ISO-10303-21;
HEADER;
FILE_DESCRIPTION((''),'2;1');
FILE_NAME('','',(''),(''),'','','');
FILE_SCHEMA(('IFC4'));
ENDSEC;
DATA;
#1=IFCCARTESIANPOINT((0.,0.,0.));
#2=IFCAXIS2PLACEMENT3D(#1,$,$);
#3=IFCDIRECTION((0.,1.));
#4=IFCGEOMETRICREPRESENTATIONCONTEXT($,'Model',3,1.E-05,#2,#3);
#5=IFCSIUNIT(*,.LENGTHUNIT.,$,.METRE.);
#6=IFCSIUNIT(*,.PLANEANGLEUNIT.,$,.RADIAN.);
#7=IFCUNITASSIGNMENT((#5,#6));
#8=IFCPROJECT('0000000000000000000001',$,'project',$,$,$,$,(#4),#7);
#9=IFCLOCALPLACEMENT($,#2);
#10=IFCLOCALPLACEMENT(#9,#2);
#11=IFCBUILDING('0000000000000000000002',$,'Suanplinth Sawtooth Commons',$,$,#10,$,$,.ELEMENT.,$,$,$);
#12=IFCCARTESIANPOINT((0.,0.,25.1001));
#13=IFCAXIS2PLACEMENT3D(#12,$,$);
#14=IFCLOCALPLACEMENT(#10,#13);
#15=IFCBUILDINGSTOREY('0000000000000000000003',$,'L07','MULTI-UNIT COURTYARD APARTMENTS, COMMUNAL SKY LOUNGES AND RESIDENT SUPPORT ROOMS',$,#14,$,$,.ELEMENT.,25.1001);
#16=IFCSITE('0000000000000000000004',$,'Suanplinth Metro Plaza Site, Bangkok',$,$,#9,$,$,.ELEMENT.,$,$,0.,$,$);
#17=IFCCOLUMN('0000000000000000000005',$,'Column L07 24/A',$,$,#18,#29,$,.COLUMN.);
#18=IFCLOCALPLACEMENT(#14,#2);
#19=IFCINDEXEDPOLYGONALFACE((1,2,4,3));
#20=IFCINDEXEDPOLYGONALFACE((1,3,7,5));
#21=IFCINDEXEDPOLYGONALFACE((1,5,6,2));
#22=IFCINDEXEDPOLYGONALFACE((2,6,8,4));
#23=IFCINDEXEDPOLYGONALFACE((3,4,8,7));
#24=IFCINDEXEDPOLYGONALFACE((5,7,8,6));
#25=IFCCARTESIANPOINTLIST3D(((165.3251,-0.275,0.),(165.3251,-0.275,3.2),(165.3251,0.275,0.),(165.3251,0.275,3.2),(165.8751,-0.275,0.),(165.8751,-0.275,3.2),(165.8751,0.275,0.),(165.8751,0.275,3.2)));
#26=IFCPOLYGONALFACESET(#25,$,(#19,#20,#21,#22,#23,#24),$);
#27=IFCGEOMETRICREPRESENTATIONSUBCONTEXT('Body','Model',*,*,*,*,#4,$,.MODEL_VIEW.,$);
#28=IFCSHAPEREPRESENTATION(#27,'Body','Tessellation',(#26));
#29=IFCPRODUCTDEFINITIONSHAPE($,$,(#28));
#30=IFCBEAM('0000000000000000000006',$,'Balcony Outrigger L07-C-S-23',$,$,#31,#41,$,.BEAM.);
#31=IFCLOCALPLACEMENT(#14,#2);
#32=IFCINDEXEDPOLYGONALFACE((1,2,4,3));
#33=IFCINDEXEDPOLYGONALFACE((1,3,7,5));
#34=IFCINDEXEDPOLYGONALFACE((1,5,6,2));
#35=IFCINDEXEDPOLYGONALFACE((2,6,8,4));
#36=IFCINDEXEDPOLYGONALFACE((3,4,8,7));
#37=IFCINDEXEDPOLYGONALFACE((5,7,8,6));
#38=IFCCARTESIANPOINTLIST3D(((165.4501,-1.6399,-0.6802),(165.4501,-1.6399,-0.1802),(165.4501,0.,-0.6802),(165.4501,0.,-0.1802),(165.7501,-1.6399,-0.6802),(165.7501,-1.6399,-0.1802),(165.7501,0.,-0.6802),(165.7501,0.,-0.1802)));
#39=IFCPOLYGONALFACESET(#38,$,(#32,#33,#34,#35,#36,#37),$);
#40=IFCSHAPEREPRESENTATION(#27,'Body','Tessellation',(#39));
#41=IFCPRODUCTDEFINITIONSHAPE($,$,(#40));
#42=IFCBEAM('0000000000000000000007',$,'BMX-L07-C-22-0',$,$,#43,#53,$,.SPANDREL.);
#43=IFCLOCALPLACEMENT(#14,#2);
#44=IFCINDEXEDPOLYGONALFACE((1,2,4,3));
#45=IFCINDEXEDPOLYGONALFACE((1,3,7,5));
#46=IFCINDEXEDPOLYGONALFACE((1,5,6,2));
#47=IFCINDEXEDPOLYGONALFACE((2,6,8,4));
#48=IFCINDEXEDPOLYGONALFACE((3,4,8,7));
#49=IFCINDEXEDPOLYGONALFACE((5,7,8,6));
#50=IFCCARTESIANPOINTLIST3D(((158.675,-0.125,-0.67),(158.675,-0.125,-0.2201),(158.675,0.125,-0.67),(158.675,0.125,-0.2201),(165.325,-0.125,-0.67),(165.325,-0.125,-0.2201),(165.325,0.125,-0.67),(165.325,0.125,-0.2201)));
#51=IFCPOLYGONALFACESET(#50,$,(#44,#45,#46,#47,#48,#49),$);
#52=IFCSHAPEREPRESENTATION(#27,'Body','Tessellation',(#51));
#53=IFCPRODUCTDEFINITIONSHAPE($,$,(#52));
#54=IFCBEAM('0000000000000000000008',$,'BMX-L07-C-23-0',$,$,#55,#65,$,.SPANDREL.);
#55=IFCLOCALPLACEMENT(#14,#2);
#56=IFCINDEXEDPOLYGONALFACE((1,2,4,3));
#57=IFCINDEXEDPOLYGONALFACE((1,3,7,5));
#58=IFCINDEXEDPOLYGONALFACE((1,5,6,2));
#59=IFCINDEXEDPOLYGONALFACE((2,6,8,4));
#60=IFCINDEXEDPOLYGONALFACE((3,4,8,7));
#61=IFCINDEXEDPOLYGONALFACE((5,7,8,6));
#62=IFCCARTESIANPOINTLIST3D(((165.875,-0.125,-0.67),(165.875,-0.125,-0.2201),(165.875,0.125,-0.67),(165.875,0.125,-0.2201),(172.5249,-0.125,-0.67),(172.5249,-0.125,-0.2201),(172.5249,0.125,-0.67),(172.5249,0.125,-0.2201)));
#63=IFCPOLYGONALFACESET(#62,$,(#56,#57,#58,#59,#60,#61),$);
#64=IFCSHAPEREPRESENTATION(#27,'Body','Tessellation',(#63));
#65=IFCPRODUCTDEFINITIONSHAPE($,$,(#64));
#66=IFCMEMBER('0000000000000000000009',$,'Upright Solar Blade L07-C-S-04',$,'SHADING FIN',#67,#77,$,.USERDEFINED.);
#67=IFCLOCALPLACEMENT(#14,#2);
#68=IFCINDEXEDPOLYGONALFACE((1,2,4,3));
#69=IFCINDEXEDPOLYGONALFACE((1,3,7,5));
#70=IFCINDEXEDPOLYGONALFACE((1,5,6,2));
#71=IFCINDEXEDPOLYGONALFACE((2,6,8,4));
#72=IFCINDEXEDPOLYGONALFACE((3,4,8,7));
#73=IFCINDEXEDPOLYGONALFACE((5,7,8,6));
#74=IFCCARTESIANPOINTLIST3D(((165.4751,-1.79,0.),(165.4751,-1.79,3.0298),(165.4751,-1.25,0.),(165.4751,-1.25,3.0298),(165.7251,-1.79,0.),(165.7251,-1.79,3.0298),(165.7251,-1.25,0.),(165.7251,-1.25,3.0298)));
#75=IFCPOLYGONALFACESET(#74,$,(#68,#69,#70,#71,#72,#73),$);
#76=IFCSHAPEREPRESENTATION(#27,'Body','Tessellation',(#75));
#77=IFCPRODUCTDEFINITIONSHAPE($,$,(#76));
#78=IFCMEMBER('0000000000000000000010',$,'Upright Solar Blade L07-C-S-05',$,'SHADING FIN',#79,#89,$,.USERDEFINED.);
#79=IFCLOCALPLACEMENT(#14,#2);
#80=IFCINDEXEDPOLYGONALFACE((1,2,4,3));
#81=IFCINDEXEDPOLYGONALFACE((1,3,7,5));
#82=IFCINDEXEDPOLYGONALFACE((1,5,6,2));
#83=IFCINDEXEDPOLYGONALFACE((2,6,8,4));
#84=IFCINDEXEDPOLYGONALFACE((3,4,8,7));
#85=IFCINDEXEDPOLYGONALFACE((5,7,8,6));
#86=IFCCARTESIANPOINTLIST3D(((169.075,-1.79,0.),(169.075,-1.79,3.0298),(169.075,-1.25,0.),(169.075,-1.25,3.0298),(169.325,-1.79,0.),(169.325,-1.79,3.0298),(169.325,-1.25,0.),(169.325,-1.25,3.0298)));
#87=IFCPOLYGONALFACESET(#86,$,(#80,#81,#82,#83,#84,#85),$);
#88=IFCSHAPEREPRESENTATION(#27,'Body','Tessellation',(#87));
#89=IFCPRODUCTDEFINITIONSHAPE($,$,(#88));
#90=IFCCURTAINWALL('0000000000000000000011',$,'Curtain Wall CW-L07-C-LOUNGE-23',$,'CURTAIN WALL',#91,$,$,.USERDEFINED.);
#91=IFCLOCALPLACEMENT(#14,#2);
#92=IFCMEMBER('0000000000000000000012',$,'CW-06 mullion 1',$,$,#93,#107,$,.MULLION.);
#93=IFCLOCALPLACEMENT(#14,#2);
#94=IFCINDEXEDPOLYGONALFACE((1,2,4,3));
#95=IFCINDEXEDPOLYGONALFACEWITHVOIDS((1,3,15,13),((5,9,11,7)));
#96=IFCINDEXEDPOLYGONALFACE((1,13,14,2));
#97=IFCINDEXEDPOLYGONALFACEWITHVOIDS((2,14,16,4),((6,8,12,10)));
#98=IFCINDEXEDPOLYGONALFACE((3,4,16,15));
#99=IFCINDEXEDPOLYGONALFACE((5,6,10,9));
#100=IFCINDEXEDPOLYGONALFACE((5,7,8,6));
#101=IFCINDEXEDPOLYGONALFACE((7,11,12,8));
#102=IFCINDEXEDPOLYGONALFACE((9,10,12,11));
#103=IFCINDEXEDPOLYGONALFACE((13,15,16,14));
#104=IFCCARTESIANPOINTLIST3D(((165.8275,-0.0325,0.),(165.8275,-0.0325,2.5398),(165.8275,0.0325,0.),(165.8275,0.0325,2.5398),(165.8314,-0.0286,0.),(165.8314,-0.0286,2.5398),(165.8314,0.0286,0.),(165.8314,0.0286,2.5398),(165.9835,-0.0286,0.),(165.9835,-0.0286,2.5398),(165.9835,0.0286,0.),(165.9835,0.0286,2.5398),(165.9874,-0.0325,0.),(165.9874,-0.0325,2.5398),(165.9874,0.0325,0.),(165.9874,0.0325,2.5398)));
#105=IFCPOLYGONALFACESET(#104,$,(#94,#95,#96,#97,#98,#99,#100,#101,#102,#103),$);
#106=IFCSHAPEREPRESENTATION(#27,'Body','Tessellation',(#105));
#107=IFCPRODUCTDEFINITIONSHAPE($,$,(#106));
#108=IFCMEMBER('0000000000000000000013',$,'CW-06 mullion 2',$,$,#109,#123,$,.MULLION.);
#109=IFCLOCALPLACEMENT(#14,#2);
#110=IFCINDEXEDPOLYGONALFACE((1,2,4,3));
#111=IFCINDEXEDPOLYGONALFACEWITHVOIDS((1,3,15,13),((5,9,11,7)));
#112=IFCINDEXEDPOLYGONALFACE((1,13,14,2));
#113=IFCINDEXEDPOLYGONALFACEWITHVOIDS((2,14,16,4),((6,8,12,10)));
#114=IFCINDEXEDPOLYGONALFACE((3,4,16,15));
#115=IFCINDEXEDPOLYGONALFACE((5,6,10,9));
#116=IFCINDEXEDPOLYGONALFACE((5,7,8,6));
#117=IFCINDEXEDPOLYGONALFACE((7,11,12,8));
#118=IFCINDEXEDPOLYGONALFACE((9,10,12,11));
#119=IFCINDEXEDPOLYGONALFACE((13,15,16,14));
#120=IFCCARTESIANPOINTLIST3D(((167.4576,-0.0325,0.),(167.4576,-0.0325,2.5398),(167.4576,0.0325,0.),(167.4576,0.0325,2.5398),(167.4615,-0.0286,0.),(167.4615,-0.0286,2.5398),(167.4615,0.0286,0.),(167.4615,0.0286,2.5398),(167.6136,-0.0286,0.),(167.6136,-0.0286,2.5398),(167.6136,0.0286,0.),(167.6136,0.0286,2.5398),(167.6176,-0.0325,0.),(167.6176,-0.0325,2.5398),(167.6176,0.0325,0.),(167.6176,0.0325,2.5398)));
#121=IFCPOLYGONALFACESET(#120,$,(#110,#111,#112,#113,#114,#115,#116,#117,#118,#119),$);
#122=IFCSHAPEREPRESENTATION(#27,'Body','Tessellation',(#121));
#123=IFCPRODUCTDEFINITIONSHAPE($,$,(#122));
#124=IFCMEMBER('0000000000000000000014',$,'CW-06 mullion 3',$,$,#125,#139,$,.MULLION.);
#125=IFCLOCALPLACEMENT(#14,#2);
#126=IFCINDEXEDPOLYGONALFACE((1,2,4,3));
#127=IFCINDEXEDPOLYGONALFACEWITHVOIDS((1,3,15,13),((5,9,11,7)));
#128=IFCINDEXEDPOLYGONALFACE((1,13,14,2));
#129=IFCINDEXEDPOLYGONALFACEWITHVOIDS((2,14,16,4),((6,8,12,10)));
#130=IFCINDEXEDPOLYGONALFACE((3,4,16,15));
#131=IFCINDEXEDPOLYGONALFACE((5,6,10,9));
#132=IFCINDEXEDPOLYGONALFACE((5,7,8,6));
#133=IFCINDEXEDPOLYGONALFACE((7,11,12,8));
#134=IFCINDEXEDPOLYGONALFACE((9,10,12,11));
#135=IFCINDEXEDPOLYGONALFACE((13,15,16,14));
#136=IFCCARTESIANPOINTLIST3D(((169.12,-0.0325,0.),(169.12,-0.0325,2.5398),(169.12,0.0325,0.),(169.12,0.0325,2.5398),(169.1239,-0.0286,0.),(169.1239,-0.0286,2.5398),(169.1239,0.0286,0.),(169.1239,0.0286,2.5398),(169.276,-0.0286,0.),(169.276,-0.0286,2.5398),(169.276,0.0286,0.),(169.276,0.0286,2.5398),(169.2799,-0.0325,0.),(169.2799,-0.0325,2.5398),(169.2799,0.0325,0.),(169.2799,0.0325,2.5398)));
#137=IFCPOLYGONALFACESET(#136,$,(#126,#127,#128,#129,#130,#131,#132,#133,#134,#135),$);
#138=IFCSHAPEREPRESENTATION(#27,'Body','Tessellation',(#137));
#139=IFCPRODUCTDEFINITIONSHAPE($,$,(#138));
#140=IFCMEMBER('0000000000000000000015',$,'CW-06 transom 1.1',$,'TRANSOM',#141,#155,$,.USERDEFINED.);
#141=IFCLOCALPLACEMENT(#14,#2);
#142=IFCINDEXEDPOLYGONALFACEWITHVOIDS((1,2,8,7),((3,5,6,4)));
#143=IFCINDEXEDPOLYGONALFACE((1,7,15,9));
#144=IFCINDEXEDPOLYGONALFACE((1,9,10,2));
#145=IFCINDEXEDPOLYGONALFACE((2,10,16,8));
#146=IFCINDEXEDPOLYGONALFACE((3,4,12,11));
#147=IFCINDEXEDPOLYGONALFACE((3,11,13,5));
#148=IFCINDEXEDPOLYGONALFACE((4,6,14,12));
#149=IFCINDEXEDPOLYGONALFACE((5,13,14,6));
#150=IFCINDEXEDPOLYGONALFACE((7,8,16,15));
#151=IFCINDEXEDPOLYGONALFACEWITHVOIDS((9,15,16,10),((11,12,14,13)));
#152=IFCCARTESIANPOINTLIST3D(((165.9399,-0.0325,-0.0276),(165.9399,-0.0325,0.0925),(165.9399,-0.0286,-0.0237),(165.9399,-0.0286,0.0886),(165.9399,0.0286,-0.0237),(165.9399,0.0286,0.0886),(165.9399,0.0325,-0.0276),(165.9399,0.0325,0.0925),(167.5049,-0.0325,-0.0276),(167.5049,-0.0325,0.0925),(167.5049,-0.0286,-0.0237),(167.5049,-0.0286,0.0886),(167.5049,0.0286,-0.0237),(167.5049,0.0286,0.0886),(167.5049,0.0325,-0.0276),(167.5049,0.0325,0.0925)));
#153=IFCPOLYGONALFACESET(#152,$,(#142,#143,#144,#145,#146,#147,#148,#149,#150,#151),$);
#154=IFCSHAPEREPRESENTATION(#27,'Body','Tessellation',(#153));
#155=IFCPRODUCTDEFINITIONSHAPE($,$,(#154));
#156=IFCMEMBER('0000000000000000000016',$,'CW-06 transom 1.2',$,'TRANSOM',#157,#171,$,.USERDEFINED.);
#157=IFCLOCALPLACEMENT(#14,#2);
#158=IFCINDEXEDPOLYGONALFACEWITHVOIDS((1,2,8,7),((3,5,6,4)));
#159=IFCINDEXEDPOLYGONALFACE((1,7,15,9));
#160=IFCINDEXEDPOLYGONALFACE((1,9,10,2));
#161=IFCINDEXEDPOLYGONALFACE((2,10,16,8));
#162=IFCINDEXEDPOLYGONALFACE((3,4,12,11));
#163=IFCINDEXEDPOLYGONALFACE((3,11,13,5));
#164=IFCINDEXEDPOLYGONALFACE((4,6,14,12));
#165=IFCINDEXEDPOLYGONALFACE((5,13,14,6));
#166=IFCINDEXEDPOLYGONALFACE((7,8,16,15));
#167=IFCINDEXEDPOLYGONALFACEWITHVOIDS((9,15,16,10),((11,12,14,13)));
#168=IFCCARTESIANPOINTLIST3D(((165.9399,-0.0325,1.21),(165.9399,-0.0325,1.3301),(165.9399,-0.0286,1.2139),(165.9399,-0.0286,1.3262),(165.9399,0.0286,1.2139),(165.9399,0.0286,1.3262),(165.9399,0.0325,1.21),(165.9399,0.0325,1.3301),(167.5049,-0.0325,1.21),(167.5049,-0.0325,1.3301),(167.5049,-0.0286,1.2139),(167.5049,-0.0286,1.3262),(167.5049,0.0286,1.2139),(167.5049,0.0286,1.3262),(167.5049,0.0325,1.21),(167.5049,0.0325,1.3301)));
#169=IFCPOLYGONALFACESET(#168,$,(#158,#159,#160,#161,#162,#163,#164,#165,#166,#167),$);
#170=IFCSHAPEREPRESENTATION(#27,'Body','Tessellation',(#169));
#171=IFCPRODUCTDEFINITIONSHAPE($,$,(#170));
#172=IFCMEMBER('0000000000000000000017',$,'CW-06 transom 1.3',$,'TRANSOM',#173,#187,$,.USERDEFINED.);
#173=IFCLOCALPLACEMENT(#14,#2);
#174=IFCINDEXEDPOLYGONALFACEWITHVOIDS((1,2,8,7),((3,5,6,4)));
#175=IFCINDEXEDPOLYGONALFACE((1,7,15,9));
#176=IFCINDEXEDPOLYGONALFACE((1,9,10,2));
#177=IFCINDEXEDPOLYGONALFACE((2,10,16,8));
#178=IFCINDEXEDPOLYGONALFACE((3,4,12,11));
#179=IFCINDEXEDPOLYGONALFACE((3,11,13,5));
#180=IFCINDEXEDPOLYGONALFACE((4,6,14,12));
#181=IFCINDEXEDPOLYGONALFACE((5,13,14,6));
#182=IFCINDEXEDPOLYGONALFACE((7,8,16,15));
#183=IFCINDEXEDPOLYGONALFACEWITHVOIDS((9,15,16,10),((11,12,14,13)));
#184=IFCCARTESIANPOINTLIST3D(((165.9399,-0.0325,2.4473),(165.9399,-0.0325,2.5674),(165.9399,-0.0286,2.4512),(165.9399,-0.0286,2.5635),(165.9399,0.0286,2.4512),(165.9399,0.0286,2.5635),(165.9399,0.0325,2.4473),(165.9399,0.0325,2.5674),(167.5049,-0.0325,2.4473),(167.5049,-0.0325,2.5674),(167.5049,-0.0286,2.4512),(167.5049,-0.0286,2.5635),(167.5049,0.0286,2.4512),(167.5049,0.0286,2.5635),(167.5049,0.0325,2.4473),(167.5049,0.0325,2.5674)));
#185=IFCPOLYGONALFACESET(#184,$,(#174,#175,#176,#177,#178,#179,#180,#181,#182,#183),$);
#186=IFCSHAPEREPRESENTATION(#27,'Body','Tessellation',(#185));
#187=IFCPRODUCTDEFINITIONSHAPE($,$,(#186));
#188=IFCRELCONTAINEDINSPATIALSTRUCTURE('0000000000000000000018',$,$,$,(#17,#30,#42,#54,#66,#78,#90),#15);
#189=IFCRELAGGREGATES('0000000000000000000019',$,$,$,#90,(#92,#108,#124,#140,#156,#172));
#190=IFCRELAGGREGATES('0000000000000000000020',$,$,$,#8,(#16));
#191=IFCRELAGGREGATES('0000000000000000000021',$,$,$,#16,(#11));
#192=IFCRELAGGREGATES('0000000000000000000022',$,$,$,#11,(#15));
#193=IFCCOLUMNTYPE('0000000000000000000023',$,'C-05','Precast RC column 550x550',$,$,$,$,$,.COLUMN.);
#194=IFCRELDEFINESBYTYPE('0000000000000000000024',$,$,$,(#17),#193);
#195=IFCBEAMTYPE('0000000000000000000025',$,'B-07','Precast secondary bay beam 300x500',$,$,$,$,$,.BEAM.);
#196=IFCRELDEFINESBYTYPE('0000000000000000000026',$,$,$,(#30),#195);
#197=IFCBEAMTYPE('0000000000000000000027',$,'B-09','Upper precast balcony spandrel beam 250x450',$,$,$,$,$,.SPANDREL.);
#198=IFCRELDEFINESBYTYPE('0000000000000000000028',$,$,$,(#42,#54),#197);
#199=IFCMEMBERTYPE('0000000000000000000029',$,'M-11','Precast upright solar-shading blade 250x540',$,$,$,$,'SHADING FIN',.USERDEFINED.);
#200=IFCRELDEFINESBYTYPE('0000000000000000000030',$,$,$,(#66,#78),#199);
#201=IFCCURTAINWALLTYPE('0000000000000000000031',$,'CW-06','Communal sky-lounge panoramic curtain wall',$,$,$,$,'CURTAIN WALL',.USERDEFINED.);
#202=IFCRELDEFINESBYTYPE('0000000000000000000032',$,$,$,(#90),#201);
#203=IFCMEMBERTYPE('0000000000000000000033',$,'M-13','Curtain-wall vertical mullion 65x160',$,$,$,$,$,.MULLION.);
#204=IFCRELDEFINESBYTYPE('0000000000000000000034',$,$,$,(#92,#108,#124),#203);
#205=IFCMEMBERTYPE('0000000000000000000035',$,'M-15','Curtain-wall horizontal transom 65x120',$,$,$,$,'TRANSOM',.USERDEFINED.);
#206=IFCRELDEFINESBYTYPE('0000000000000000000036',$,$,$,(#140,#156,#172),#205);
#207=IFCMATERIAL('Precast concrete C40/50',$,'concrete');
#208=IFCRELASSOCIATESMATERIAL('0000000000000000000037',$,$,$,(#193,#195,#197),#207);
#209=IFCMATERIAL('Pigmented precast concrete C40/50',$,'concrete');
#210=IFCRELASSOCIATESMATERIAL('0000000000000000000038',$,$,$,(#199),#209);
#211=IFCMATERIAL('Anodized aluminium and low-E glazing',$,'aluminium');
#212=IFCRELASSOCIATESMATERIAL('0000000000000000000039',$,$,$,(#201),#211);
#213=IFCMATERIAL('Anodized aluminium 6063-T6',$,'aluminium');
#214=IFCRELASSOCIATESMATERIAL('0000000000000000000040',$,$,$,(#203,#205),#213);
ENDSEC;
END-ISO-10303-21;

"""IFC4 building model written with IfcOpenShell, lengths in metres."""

from ifc_helpers import new_model, si_unit, direction, frame, origin, origin_2d, place, context, subcontext, project, spatial, rectangle, hollow_rectangle, extrude, material, material_profile, profile_set, type_object, element, aggregate, save


model = new_model("IFC4")

# Units and contexts
model_context = context("Model", 3, precision=1e-05, world=origin(), true_north=direction((0.0, 1.0)))
body_context = subcontext(model_context, "Body", "Model", "MODEL_VIEW")
ifc_project = project(units=[si_unit("LENGTHUNIT", "METRE"), si_unit("PLANEANGLEUNIT", "RADIAN")], contexts=[model_context])

# Site, building, storey
site_placement = place(None, origin())
site = spatial("IfcSite", under=ifc_project, at=site_placement, Name="Suanplinth Metro Plaza Site, Bangkok", CompositionType="ELEMENT", RefElevation=0.0)
building_placement = place(site_placement, origin())
building = spatial("IfcBuilding", under=site, at=building_placement, Name="Suanplinth Sawtooth Commons", CompositionType="ELEMENT")
storey_placement = place(building_placement, frame((0.0, 0.0, 25.1001)))
storey = spatial("IfcBuildingStorey", under=building, at=storey_placement, Name="L07", Description="MULTI-UNIT COURTYARD APARTMENTS, COMMUNAL SKY LOUNGES AND RESIDENT SUPPORT ROOMS", CompositionType="ELEMENT", Elevation=25.1001)

# Column
ifc_material_1 = material(Name="Precast concrete C40/50", Category="concrete")
ifc_material_profile_1 = material_profile(ifc_material_1, rectangle(XDim=0.55, YDim=0.55, at=origin_2d()), Name="PC-COL 550x550")
ifc_profile_set_1 = profile_set([ifc_material_profile_1], Name="Precast concrete C40/50")
column_type = type_object("IfcColumnType", Name="C-05", Description="Precast RC column 550x550", PredefinedType="COLUMN", material=ifc_profile_set_1)
column_placement = place(storey_placement, frame((165.6001, 0.0, 0.0), z_axis=(0.0, 0.0, 1.0), x_axis=(1.0, 0.0, 0.0)))
element("IfcColumn", 1, at=column_placement, inside=storey, type_object=column_type, Name="Column L07 24/A", PredefinedType="COLUMN", context=body_context, shape_type="SweptSolid", body=[
    extrude(rectangle(XDim=0.55, YDim=0.55, at=origin_2d()), origin(), (0.0, 0.0, 1.0), 3.2),
])

# Beams
ifc_material_profile_2 = material_profile(ifc_material_1, rectangle(XDim=0.3, YDim=0.5, at=origin_2d()), Name="PC-BM 300x500")
ifc_profile_set_2 = profile_set([ifc_material_profile_2], Name="Precast concrete C40/50")
beam_type_1 = type_object("IfcBeamType", Name="B-07", Description="Precast secondary bay beam 300x500", PredefinedType="BEAM", material=ifc_profile_set_2)
beam_placement = place(storey_placement, frame((165.6001, 0.0, -0.4302), z_axis=(0.0, -1.0, 0.0), x_axis=(1.0, 0.0, 0.0)))
element("IfcBeam", 2, at=beam_placement, inside=storey, type_object=beam_type_1, Name="Balcony Outrigger L07-C-S-23", PredefinedType="BEAM", context=body_context, shape_type="SweptSolid", body=[
    extrude(rectangle(XDim=0.3, YDim=0.5, at=origin_2d()), origin(), (0.0, 0.0, 1.0), 1.6399),
])
ifc_material_profile_3 = material_profile(ifc_material_1, rectangle(XDim=0.25, YDim=0.45, at=origin_2d()), Name="PC-SP 250x450")
ifc_profile_set_3 = profile_set([ifc_material_profile_3], Name="Precast concrete C40/50")
beam_type_2 = type_object("IfcBeamType", Name="B-09", Description="Upper precast balcony spandrel beam 250x450", PredefinedType="SPANDREL", material=ifc_profile_set_3)
for number, where, z_axis, x_axis, name in (
    (3, (158.675, 0.0, -0.4451), (1.0, 0.0, 0.0), (0.0, 1.0, 0.0), "BMX-L07-C-22-0"),
    (4, (165.875, 0.0, -0.4451), (1.0, 0.0, 0.0), (0.0, 1.0, 0.0), "BMX-L07-C-23-0"),
):
    element("IfcBeam", number, at=place(storey_placement, frame(where, z_axis=z_axis, x_axis=x_axis)), inside=storey, type_object=beam_type_2, Name=name, PredefinedType="SPANDREL", context=body_context, shape_type="SweptSolid", body=[
        extrude(rectangle(XDim=0.25, YDim=0.45, at=origin_2d()), origin(), (0.0, 0.0, 1.0), 6.6499),
    ])

# Members
ifc_material_2 = material(Name="Pigmented precast concrete C40/50", Category="concrete")
ifc_material_profile_4 = material_profile(ifc_material_2, rectangle(XDim=0.25, YDim=0.54, at=origin_2d()), Name="PC-FIN 250x540")
ifc_profile_set_4 = profile_set([ifc_material_profile_4], Name="Pigmented precast concrete C40/50")
member_type_1 = type_object("IfcMemberType", Name="M-11", Description="Precast upright solar-shading blade 250x540", ElementType="SHADING FIN", PredefinedType="USERDEFINED", material=ifc_profile_set_4)
for number, where, z_axis, x_axis, name in (
    (5, (165.6001, -1.52, 0.0), (0.0, 0.0, 1.0), (1.0, 0.0, 0.0), "Upright Solar Blade L07-C-S-04"),
    (6, (169.2, -1.52, 0.0), (0.0, 0.0, 1.0), (1.0, 0.0, 0.0), "Upright Solar Blade L07-C-S-05"),
):
    element("IfcMember", number, at=place(storey_placement, frame(where, z_axis=z_axis, x_axis=x_axis)), inside=storey, type_object=member_type_1, Name=name, ObjectType="SHADING FIN", PredefinedType="USERDEFINED", context=body_context, shape_type="SweptSolid", body=[
        extrude(rectangle(XDim=0.25, YDim=0.54, at=origin_2d()), origin(), (0.0, 0.0, 1.0), 3.0298),
    ])

# Curtain wall, members
ifc_material_3 = material(Name="Anodized aluminium and low-E glazing", Category="aluminium")
curtain_wall_type = type_object("IfcCurtainWallType", Name="CW-06", Description="Communal sky-lounge panoramic curtain wall", ElementType="CURTAIN WALL", PredefinedType="USERDEFINED", material=ifc_material_3)
curtain_wall_placement = place(storey_placement, origin())
curtain_wall = element("IfcCurtainWall", 7, at=curtain_wall_placement, inside=storey, type_object=curtain_wall_type, Name="Curtain Wall CW-L07-C-LOUNGE-23", ObjectType="CURTAIN WALL", PredefinedType="USERDEFINED")
ifc_material_4 = material(Name="Anodized aluminium 6063-T6", Category="aluminium")
ifc_material_profile_5 = material_profile(ifc_material_4, hollow_rectangle(XDim=0.0649, YDim=0.1599, WallThickness=0.0039, at=origin_2d()), Name="ALU-MUL 65x160")
ifc_profile_set_5 = profile_set([ifc_material_profile_5], Name="Anodized aluminium 6063-T6")
member_type_2 = type_object("IfcMemberType", Name="M-13", Description="Curtain-wall vertical mullion 65x160", PredefinedType="MULLION", material=ifc_profile_set_5)
member_1_placement = place(storey_placement, frame((165.9075, 0.0, 0.0), z_axis=(0.0, 0.0, 1.0), x_axis=(0.0, 1.0, 0.0)))
member_1 = element("IfcMember", 8, at=member_1_placement, type_object=member_type_2, Name="CW-06 mullion 1", PredefinedType="MULLION", context=body_context, shape_type="SweptSolid", body=[
    extrude(hollow_rectangle(XDim=0.0649, YDim=0.1599, WallThickness=0.0039, at=origin_2d()), origin(), (0.0, 0.0, 1.0), 2.5398),
])
member_2_placement = place(storey_placement, frame((167.5376, 0.0, 0.0), z_axis=(0.0, 0.0, 1.0), x_axis=(0.0, 1.0, 0.0)))
member_2 = element("IfcMember", 9, at=member_2_placement, type_object=member_type_2, Name="CW-06 mullion 2", PredefinedType="MULLION", context=body_context, shape_type="SweptSolid", body=[
    extrude(hollow_rectangle(XDim=0.0649, YDim=0.1599, WallThickness=0.0039, at=origin_2d()), origin(), (0.0, 0.0, 1.0), 2.5398),
])
member_3_placement = place(storey_placement, frame((169.2, 0.0, 0.0), z_axis=(0.0, 0.0, 1.0), x_axis=(0.0, 1.0, 0.0)))
member_3 = element("IfcMember", 10, at=member_3_placement, type_object=member_type_2, Name="CW-06 mullion 3", PredefinedType="MULLION", context=body_context, shape_type="SweptSolid", body=[
    extrude(hollow_rectangle(XDim=0.0649, YDim=0.1599, WallThickness=0.0039, at=origin_2d()), origin(), (0.0, 0.0, 1.0), 2.5398),
])
ifc_material_profile_6 = material_profile(ifc_material_4, hollow_rectangle(XDim=0.0649, YDim=0.1201, WallThickness=0.0039, at=origin_2d()), Name="ALU-TRN 65x120")
ifc_profile_set_6 = profile_set([ifc_material_profile_6], Name="Anodized aluminium 6063-T6")
member_type_3 = type_object("IfcMemberType", Name="M-15", Description="Curtain-wall horizontal transom 65x120", ElementType="TRANSOM", PredefinedType="USERDEFINED", material=ifc_profile_set_6)
member_4_placement = place(storey_placement, frame((165.9399, 0.0, 0.0325), z_axis=(1.0, 0.0, 0.0), x_axis=(0.0, 1.0, 0.0)))
member_4 = element("IfcMember", 11, at=member_4_placement, type_object=member_type_3, Name="CW-06 transom 1.1", ObjectType="TRANSOM", PredefinedType="USERDEFINED", context=body_context, shape_type="SweptSolid", body=[
    extrude(hollow_rectangle(XDim=0.0649, YDim=0.1201, WallThickness=0.0039, at=origin_2d()), origin(), (0.0, 0.0, 1.0), 1.5649),
])
member_5_placement = place(storey_placement, frame((165.9399, 0.0, 1.27), z_axis=(1.0, 0.0, 0.0), x_axis=(0.0, 1.0, 0.0)))
member_5 = element("IfcMember", 12, at=member_5_placement, type_object=member_type_3, Name="CW-06 transom 1.2", ObjectType="TRANSOM", PredefinedType="USERDEFINED", context=body_context, shape_type="SweptSolid", body=[
    extrude(hollow_rectangle(XDim=0.0649, YDim=0.1201, WallThickness=0.0039, at=origin_2d()), origin(), (0.0, 0.0, 1.0), 1.5649),
])
member_6_placement = place(storey_placement, frame((165.9399, 0.0, 2.5073), z_axis=(1.0, 0.0, 0.0), x_axis=(0.0, 1.0, 0.0)))
member_6 = element("IfcMember", 13, at=member_6_placement, type_object=member_type_3, Name="CW-06 transom 1.3", ObjectType="TRANSOM", PredefinedType="USERDEFINED", context=body_context, shape_type="SweptSolid", body=[
    extrude(hollow_rectangle(XDim=0.0649, YDim=0.1201, WallThickness=0.0039, at=origin_2d()), origin(), (0.0, 0.0, 1.0), 1.5649),
])
aggregate(curtain_wall, [member_1, member_2, member_3, member_4, member_5, member_6])

save(model, "model.ifc")
